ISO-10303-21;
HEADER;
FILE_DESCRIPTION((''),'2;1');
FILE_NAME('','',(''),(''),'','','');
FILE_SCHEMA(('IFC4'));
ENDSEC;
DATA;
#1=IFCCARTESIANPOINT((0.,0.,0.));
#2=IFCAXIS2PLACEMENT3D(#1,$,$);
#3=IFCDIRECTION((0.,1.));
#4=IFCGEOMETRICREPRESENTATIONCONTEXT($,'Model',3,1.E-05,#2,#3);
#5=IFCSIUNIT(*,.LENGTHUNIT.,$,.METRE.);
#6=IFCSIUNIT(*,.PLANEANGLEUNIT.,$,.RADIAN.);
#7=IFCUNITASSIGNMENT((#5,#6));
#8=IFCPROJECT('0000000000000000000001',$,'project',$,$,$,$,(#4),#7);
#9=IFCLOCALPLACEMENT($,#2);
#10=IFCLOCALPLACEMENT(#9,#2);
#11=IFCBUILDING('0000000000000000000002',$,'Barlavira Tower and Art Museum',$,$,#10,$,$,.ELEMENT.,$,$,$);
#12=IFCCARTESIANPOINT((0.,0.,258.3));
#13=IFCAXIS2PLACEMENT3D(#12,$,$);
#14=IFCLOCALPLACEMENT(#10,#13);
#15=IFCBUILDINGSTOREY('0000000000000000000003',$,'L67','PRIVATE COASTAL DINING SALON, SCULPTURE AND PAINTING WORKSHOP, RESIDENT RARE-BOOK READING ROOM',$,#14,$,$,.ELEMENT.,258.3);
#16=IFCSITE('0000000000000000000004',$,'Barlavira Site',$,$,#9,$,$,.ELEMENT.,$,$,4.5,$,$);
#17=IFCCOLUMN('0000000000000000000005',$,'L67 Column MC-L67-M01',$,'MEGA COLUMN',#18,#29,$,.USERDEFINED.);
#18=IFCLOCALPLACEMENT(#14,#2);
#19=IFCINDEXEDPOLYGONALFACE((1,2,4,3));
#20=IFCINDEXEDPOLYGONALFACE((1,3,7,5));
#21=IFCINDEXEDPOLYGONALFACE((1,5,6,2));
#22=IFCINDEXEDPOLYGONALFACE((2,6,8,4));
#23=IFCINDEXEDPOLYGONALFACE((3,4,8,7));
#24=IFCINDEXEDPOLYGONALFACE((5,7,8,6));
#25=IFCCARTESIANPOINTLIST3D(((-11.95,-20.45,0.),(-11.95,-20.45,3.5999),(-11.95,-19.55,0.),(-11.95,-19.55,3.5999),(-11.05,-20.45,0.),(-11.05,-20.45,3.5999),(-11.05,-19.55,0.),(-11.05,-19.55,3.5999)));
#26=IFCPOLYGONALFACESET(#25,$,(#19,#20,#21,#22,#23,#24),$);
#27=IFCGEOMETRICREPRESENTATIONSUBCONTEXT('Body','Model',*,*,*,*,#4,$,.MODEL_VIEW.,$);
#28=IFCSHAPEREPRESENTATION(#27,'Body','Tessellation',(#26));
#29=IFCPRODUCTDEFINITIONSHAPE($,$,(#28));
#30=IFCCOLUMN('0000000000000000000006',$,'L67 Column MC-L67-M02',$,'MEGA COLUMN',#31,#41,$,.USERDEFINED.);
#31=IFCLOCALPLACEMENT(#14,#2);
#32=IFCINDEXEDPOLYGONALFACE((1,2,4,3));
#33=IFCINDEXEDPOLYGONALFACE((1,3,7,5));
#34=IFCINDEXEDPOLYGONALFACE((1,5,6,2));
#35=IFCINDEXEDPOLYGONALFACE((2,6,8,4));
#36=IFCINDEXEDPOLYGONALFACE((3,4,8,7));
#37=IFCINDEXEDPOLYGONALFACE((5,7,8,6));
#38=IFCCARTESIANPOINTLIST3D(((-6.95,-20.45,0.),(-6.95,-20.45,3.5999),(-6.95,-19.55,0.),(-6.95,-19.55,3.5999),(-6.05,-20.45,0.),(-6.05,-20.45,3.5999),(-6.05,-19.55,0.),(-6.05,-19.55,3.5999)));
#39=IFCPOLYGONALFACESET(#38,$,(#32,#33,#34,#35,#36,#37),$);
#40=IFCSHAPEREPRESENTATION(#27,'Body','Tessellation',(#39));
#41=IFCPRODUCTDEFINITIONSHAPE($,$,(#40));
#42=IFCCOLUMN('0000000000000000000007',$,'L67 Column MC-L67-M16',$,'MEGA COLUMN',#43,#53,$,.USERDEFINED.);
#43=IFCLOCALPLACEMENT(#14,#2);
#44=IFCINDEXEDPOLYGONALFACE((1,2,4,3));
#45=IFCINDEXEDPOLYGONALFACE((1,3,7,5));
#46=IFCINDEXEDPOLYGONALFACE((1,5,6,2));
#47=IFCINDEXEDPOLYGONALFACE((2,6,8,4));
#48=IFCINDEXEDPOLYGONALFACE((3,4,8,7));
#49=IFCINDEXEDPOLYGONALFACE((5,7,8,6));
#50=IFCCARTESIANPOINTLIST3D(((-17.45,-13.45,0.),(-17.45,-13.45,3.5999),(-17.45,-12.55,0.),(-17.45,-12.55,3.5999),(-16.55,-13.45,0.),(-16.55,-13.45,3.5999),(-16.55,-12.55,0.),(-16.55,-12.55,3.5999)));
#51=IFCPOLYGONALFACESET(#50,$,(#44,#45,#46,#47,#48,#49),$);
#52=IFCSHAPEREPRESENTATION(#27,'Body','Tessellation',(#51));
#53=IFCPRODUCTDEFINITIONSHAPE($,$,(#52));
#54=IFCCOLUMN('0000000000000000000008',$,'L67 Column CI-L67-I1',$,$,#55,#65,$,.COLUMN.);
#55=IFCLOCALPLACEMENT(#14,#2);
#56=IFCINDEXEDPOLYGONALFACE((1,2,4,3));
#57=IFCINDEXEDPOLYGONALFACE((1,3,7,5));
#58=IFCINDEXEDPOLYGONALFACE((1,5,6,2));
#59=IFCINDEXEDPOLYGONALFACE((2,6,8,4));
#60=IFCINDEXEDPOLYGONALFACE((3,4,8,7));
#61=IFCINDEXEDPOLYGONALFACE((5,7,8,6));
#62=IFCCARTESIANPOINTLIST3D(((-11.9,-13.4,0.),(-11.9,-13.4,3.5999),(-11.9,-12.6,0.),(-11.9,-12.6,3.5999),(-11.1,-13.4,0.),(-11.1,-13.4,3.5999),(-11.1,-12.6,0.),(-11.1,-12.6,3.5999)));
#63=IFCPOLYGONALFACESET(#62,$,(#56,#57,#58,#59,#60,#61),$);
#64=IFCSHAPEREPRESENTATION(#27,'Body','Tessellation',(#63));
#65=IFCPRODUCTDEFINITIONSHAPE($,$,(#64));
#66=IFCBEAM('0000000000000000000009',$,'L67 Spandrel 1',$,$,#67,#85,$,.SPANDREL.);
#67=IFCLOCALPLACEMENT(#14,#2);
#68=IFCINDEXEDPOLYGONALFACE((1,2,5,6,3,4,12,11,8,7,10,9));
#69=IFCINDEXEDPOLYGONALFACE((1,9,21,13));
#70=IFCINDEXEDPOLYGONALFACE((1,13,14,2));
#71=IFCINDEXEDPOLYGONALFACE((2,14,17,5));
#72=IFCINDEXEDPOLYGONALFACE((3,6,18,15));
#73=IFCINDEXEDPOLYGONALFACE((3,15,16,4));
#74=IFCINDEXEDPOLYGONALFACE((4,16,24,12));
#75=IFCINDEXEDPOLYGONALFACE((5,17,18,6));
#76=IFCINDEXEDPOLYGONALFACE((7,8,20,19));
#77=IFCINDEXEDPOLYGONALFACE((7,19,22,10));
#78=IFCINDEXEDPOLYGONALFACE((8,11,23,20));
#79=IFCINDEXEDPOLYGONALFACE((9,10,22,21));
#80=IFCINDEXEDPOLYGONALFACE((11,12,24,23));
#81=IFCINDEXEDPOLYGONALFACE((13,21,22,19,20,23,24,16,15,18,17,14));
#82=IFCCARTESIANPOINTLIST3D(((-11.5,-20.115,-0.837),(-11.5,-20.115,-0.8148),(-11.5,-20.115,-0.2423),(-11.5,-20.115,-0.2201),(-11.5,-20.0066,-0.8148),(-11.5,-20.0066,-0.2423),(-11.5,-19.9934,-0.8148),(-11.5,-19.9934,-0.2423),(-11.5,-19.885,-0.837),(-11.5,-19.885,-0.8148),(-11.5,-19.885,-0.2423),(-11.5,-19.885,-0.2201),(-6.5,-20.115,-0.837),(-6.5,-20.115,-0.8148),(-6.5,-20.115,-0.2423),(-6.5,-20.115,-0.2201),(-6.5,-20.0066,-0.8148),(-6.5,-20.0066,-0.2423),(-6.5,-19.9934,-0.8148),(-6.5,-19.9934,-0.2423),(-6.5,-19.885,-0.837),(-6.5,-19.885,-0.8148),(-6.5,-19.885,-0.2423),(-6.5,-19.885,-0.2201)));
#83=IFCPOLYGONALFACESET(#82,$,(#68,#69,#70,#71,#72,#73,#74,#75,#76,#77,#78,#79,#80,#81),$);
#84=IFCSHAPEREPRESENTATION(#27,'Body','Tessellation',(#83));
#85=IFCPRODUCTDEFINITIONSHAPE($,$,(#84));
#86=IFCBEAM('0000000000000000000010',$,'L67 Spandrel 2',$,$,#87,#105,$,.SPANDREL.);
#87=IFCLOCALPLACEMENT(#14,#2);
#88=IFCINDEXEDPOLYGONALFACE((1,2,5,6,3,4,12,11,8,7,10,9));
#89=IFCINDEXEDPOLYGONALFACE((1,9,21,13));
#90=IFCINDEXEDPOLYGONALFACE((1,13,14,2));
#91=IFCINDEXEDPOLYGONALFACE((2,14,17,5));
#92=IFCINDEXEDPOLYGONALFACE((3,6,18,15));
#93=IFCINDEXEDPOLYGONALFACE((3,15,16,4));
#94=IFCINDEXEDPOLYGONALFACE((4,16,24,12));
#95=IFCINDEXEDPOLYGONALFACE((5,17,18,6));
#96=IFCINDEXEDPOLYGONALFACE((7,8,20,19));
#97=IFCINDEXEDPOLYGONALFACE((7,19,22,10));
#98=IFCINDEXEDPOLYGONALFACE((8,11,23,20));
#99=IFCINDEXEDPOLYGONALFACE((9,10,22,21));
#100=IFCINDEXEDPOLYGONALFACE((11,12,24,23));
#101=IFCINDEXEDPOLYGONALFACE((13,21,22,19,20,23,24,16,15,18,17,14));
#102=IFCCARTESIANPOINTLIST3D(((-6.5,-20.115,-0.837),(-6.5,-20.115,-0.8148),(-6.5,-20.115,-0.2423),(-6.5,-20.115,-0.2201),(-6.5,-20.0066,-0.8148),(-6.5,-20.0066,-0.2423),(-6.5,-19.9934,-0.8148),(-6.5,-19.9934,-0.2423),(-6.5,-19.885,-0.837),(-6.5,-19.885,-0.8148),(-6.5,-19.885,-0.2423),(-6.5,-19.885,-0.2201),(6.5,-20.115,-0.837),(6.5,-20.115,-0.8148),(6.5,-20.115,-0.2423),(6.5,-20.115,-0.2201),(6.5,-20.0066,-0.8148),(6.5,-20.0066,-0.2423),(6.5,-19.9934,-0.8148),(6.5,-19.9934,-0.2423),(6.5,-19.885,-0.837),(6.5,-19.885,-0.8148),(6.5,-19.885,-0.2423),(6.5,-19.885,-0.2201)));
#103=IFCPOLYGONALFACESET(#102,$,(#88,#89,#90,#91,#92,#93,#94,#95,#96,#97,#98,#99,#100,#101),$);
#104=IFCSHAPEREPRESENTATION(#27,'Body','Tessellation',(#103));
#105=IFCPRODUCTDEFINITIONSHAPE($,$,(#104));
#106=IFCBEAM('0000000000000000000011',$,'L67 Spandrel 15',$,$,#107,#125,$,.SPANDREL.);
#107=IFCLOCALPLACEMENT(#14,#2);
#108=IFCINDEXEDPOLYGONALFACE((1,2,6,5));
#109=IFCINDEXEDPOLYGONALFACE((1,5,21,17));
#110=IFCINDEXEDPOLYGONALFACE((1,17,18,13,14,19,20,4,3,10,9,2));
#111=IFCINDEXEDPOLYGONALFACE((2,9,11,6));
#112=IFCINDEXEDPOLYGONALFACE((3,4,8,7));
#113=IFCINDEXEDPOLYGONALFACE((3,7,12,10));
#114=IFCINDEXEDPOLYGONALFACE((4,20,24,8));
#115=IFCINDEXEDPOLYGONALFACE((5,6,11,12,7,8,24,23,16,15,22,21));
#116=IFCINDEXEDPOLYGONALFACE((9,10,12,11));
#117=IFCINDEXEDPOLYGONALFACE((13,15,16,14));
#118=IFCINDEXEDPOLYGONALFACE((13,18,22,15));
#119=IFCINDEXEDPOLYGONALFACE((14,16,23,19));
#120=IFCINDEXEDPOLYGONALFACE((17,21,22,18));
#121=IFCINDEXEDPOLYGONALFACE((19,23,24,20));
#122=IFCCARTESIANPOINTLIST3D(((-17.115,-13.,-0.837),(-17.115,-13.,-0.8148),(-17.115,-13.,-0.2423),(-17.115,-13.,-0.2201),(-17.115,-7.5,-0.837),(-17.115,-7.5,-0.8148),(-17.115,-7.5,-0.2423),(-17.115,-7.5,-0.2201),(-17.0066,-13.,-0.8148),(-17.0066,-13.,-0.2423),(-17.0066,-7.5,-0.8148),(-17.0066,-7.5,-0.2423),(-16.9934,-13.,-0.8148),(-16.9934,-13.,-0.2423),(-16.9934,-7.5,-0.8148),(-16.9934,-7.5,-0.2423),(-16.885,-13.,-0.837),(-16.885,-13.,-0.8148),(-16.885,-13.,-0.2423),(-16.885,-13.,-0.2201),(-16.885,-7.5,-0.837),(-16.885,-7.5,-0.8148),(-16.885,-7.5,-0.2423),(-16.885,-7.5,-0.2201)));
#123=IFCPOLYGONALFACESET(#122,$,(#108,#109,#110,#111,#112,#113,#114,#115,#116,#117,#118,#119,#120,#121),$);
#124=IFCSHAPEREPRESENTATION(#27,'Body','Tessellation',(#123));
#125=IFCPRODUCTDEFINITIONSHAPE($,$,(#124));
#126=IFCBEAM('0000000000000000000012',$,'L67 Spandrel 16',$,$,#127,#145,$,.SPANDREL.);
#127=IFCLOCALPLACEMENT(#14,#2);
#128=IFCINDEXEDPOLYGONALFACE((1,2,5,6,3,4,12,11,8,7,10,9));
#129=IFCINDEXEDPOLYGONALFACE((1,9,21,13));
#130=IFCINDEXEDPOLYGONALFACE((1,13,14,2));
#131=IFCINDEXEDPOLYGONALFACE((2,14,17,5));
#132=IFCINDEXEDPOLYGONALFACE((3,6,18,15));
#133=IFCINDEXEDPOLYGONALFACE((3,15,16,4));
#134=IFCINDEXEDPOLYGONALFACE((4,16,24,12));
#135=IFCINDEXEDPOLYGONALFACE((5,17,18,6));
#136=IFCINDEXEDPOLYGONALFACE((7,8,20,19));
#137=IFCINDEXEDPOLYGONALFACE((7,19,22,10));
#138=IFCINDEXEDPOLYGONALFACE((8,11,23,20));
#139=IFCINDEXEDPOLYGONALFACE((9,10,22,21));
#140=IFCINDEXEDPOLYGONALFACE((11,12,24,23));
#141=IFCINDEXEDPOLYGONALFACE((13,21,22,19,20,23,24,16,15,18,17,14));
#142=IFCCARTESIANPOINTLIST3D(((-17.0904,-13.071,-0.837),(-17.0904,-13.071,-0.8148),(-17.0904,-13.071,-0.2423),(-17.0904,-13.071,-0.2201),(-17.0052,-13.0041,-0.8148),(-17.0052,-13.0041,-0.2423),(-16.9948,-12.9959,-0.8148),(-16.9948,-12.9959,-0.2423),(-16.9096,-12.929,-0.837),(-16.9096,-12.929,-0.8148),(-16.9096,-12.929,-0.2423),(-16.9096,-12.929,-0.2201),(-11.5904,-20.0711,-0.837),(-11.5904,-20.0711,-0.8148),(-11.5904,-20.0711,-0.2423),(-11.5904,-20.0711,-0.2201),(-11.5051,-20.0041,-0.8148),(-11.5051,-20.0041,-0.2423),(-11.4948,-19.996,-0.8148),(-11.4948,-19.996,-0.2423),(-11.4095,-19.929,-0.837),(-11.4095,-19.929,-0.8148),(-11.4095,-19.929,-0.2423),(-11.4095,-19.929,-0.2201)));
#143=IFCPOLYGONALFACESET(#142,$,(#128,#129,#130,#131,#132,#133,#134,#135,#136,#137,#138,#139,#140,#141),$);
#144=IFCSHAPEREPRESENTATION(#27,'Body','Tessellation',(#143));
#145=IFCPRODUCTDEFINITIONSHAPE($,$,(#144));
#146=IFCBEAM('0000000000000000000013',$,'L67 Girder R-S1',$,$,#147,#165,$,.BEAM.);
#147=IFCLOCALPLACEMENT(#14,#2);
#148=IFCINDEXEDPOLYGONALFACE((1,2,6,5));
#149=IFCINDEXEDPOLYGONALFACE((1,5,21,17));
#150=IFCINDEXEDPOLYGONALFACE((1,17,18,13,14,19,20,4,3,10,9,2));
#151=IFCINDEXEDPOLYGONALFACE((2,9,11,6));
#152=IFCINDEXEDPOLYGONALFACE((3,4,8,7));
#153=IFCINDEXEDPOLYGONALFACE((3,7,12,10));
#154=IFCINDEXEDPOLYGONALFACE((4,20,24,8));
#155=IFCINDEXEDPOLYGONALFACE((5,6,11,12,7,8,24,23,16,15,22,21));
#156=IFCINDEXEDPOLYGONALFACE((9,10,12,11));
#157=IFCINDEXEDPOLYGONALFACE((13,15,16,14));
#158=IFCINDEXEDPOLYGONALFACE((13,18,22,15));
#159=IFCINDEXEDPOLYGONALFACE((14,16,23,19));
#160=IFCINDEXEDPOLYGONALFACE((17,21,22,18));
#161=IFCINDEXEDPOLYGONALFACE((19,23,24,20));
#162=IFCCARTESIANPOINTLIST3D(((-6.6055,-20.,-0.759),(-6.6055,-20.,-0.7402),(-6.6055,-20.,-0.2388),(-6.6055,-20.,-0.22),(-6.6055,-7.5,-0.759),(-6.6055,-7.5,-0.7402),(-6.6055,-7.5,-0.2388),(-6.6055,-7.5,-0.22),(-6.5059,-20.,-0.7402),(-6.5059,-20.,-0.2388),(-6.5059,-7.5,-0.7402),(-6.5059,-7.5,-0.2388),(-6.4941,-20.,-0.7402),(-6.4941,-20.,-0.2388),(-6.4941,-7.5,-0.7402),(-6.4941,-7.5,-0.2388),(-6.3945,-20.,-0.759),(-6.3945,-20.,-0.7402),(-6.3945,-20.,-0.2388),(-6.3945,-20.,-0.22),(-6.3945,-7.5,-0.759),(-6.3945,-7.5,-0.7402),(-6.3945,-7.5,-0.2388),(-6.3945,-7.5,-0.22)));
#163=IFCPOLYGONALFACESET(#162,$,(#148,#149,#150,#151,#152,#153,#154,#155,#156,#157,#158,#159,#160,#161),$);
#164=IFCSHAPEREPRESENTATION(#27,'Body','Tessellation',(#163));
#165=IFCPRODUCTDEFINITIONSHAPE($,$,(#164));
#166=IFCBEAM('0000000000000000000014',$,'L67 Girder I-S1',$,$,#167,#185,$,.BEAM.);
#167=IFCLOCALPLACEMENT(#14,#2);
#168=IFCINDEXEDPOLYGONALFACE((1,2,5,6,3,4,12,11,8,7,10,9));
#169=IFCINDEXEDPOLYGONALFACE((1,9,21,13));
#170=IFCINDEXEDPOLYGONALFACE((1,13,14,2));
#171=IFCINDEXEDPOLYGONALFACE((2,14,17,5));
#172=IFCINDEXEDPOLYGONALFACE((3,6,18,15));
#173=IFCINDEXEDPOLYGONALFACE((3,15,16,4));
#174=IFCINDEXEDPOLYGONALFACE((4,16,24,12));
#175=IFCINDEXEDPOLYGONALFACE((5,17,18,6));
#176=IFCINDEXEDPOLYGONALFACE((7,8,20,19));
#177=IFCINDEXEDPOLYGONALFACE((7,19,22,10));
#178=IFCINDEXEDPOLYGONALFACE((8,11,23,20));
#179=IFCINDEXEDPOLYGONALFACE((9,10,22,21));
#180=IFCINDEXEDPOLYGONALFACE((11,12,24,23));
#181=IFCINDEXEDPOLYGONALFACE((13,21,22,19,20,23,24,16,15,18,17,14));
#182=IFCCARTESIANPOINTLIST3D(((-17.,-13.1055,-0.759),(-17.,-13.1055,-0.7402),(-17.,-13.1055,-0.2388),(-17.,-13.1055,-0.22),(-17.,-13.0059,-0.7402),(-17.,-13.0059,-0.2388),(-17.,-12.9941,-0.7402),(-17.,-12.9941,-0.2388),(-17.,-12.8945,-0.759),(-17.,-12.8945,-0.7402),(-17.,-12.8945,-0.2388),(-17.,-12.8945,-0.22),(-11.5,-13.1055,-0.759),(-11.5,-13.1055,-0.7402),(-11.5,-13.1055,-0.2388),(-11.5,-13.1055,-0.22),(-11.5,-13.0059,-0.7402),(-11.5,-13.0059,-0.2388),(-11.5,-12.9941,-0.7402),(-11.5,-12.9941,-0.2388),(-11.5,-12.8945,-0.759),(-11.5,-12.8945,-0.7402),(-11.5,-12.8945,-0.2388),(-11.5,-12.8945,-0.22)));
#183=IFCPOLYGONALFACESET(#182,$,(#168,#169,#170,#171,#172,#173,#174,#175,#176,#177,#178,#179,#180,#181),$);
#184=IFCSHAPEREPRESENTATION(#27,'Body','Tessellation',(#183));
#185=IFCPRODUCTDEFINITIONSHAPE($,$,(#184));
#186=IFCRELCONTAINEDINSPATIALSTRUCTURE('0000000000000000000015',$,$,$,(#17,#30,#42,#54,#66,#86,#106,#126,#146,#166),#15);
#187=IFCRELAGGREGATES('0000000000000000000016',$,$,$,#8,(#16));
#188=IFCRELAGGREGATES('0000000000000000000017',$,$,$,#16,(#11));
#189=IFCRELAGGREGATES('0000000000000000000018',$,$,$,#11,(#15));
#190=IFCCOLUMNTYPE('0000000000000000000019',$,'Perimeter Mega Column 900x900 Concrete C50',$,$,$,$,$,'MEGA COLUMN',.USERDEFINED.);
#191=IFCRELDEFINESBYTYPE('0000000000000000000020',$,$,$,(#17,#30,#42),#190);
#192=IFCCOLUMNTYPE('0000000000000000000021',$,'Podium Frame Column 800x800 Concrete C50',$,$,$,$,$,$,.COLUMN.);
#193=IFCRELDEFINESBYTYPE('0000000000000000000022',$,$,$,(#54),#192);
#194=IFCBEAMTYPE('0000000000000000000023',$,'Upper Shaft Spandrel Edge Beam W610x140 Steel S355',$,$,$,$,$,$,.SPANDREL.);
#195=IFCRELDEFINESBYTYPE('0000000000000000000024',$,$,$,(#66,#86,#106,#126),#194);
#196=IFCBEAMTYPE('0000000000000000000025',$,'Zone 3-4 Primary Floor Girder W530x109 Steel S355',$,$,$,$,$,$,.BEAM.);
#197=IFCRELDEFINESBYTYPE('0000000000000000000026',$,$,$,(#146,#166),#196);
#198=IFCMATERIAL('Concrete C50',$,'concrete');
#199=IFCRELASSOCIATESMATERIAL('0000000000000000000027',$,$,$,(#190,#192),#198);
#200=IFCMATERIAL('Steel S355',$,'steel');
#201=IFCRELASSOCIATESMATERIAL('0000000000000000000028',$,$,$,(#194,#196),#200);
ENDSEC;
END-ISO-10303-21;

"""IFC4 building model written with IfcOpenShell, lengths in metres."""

from ifc_helpers import new_model, si_unit, direction, frame, origin, origin_2d, place, context, subcontext, project, spatial, rectangle, i_section, extrude, material, material_profile, profile_set, type_object, element, save


model = new_model("IFC4")

# Units and contexts
model_context = context("Model", 3, precision=1e-05, world=origin(), true_north=direction((0.0, 1.0)))
body_context = subcontext(model_context, "Body", "Model", "MODEL_VIEW")
ifc_project = project(units=[si_unit("LENGTHUNIT", "METRE"), si_unit("PLANEANGLEUNIT", "RADIAN")], contexts=[model_context])

# Site, building, storey
site_placement = place(None, origin())
site = spatial("IfcSite", under=ifc_project, at=site_placement, Name="Barlavira Site", CompositionType="ELEMENT", RefElevation=4.5)
building_placement = place(site_placement, origin())
building = spatial("IfcBuilding", under=site, at=building_placement, Name="Barlavira Tower and Art Museum", CompositionType="ELEMENT")
storey_placement = place(building_placement, frame((0.0, 0.0, 258.3)))
storey = spatial("IfcBuildingStorey", under=building, at=storey_placement, Name="L67", Description="PRIVATE COASTAL DINING SALON, SCULPTURE AND PAINTING WORKSHOP, RESIDENT RARE-BOOK READING ROOM", CompositionType="ELEMENT", Elevation=258.3)

# Columns
ifc_material_1 = material(Name="Concrete C50", Category="concrete")
ifc_material_profile_1 = material_profile(ifc_material_1, rectangle(XDim=0.8999, YDim=0.8999, at=origin_2d()), Name="RC-COL 900x900")
ifc_profile_set_1 = profile_set([ifc_material_profile_1], Name="Concrete C50")
column_type_1 = type_object("IfcColumnType", Name="Perimeter Mega Column 900x900 Concrete C50", ElementType="MEGA COLUMN", PredefinedType="USERDEFINED", material=ifc_profile_set_1)
for number, where, z_axis, x_axis, name in (
    (1, (-11.5, -20.0, 0.0), (0.0, 0.0, 1.0), (1.0, 0.0, 0.0), "L67 Column MC-L67-M01"),
    (2, (-6.5, -20.0, 0.0), (0.0, 0.0, 1.0), (1.0, 0.0, 0.0), "L67 Column MC-L67-M02"),
    (3, (-17.0, -13.0, 0.0), (0.0, 0.0, 1.0), (1.0, 0.0, 0.0), "L67 Column MC-L67-M16"),
):
    element("IfcColumn", number, at=place(storey_placement, frame(where, z_axis=z_axis, x_axis=x_axis)), inside=storey, type_object=column_type_1, Name=name, ObjectType="MEGA COLUMN", PredefinedType="USERDEFINED", context=body_context, shape_type="SweptSolid", body=[
        extrude(rectangle(XDim=0.8999, YDim=0.8999, at=origin_2d()), origin(), (0.0, 0.0, 1.0), 3.5999),
    ])
ifc_material_profile_2 = material_profile(ifc_material_1, rectangle(XDim=0.8, YDim=0.8, at=origin_2d()), Name="RC-COL 800x800")
ifc_profile_set_2 = profile_set([ifc_material_profile_2], Name="Concrete C50")
column_type_2 = type_object("IfcColumnType", Name="Podium Frame Column 800x800 Concrete C50", PredefinedType="COLUMN", material=ifc_profile_set_2)
column_placement = place(storey_placement, frame((-11.5, -13.0, 0.0), z_axis=(0.0, 0.0, 1.0), x_axis=(1.0, 0.0, 0.0)))
element("IfcColumn", 4, at=column_placement, inside=storey, type_object=column_type_2, Name="L67 Column CI-L67-I1", PredefinedType="COLUMN", context=body_context, shape_type="SweptSolid", body=[
    extrude(rectangle(XDim=0.8, YDim=0.8, at=origin_2d()), origin(), (0.0, 0.0, 1.0), 3.5999),
])

# Beams
ifc_material_2 = material(Name="Steel S355", Category="steel")
ifc_material_profile_3 = material_profile(ifc_material_2, i_section(OverallWidth=0.23, OverallDepth=0.6169, WebThickness=0.0132, FlangeThickness=0.0222, at=origin_2d()), Name="W610x140.0")
ifc_profile_set_3 = profile_set([ifc_material_profile_3], Name="Steel S355")
beam_type_1 = type_object("IfcBeamType", Name="Upper Shaft Spandrel Edge Beam W610x140 Steel S355", PredefinedType="SPANDREL", material=ifc_profile_set_3)
beam_1_placement = place(storey_placement, frame((-11.5, -20.0, -0.5286), z_axis=(1.0, 0.0, 0.0), x_axis=(0.0, 1.0, 0.0)))
element("IfcBeam", 5, at=beam_1_placement, inside=storey, type_object=beam_type_1, Name="L67 Spandrel 1", PredefinedType="SPANDREL", context=body_context, shape_type="SweptSolid", body=[
    extrude(i_section(OverallWidth=0.23, OverallDepth=0.6169, WebThickness=0.0132, FlangeThickness=0.0222, at=origin_2d()), origin(), (0.0, 0.0, 1.0), 5.0),
])
beam_2_placement = place(storey_placement, frame((-6.5, -20.0, -0.5286), z_axis=(1.0, 0.0, 0.0), x_axis=(0.0, 1.0, 0.0)))
element("IfcBeam", 6, at=beam_2_placement, inside=storey, type_object=beam_type_1, Name="L67 Spandrel 2", PredefinedType="SPANDREL", context=body_context, shape_type="SweptSolid", body=[
    extrude(i_section(OverallWidth=0.23, OverallDepth=0.6169, WebThickness=0.0132, FlangeThickness=0.0222, at=origin_2d()), origin(), (0.0, 0.0, 1.0), 13.0),
])
beam_3_placement = place(storey_placement, frame((-17.0, -13.0, -0.5286), z_axis=(0.0, 1.0, 0.0), x_axis=(-1.0, 0.0, 0.0)))
element("IfcBeam", 7, at=beam_3_placement, inside=storey, type_object=beam_type_1, Name="L67 Spandrel 15", PredefinedType="SPANDREL", context=body_context, shape_type="SweptSolid", body=[
    extrude(i_section(OverallWidth=0.23, OverallDepth=0.6169, WebThickness=0.0132, FlangeThickness=0.0222, at=origin_2d()), origin(), (0.0, 0.0, 1.0), 5.5),
])
beam_4_placement = place(storey_placement, frame((-17.0, -13.0, -0.5286), z_axis=(0.617822, -0.786318, 0.0), x_axis=(0.786318, 0.617822, 0.0)))
element("IfcBeam", 8, at=beam_4_placement, inside=storey, type_object=beam_type_1, Name="L67 Spandrel 16", PredefinedType="SPANDREL", context=body_context, shape_type="SweptSolid", body=[
    extrude(i_section(OverallWidth=0.23, OverallDepth=0.6169, WebThickness=0.0132, FlangeThickness=0.0222, at=origin_2d()), origin(), (0.0, 0.0, 1.0), 8.9023),
])
ifc_material_profile_4 = material_profile(ifc_material_2, i_section(OverallWidth=0.2109, OverallDepth=0.5391, WebThickness=0.0117, FlangeThickness=0.0188, at=origin_2d()), Name="W530x109.0")
ifc_profile_set_4 = profile_set([ifc_material_profile_4], Name="Steel S355")
beam_type_2 = type_object("IfcBeamType", Name="Zone 3-4 Primary Floor Girder W530x109 Steel S355", PredefinedType="BEAM", material=ifc_profile_set_4)
beam_5_placement = place(storey_placement, frame((-6.5, -20.0, -0.4895), z_axis=(0.0, 1.0, 0.0), x_axis=(-1.0, 0.0, 0.0)))
element("IfcBeam", 9, at=beam_5_placement, inside=storey, type_object=beam_type_2, Name="L67 Girder R-S1", PredefinedType="BEAM", context=body_context, shape_type="SweptSolid", body=[
    extrude(i_section(OverallWidth=0.2109, OverallDepth=0.5391, WebThickness=0.0117, FlangeThickness=0.0188, at=origin_2d()), origin(), (0.0, 0.0, 1.0), 12.5),
])
beam_6_placement = place(storey_placement, frame((-17.0, -13.0, -0.4895), z_axis=(1.0, 0.0, 0.0), x_axis=(0.0, 1.0, 0.0)))
element("IfcBeam", 10, at=beam_6_placement, inside=storey, type_object=beam_type_2, Name="L67 Girder I-S1", PredefinedType="BEAM", context=body_context, shape_type="SweptSolid", body=[
    extrude(i_section(OverallWidth=0.2109, OverallDepth=0.5391, WebThickness=0.0117, FlangeThickness=0.0188, at=origin_2d()), origin(), (0.0, 0.0, 1.0), 5.5),
])

save(model, "model.ifc")
